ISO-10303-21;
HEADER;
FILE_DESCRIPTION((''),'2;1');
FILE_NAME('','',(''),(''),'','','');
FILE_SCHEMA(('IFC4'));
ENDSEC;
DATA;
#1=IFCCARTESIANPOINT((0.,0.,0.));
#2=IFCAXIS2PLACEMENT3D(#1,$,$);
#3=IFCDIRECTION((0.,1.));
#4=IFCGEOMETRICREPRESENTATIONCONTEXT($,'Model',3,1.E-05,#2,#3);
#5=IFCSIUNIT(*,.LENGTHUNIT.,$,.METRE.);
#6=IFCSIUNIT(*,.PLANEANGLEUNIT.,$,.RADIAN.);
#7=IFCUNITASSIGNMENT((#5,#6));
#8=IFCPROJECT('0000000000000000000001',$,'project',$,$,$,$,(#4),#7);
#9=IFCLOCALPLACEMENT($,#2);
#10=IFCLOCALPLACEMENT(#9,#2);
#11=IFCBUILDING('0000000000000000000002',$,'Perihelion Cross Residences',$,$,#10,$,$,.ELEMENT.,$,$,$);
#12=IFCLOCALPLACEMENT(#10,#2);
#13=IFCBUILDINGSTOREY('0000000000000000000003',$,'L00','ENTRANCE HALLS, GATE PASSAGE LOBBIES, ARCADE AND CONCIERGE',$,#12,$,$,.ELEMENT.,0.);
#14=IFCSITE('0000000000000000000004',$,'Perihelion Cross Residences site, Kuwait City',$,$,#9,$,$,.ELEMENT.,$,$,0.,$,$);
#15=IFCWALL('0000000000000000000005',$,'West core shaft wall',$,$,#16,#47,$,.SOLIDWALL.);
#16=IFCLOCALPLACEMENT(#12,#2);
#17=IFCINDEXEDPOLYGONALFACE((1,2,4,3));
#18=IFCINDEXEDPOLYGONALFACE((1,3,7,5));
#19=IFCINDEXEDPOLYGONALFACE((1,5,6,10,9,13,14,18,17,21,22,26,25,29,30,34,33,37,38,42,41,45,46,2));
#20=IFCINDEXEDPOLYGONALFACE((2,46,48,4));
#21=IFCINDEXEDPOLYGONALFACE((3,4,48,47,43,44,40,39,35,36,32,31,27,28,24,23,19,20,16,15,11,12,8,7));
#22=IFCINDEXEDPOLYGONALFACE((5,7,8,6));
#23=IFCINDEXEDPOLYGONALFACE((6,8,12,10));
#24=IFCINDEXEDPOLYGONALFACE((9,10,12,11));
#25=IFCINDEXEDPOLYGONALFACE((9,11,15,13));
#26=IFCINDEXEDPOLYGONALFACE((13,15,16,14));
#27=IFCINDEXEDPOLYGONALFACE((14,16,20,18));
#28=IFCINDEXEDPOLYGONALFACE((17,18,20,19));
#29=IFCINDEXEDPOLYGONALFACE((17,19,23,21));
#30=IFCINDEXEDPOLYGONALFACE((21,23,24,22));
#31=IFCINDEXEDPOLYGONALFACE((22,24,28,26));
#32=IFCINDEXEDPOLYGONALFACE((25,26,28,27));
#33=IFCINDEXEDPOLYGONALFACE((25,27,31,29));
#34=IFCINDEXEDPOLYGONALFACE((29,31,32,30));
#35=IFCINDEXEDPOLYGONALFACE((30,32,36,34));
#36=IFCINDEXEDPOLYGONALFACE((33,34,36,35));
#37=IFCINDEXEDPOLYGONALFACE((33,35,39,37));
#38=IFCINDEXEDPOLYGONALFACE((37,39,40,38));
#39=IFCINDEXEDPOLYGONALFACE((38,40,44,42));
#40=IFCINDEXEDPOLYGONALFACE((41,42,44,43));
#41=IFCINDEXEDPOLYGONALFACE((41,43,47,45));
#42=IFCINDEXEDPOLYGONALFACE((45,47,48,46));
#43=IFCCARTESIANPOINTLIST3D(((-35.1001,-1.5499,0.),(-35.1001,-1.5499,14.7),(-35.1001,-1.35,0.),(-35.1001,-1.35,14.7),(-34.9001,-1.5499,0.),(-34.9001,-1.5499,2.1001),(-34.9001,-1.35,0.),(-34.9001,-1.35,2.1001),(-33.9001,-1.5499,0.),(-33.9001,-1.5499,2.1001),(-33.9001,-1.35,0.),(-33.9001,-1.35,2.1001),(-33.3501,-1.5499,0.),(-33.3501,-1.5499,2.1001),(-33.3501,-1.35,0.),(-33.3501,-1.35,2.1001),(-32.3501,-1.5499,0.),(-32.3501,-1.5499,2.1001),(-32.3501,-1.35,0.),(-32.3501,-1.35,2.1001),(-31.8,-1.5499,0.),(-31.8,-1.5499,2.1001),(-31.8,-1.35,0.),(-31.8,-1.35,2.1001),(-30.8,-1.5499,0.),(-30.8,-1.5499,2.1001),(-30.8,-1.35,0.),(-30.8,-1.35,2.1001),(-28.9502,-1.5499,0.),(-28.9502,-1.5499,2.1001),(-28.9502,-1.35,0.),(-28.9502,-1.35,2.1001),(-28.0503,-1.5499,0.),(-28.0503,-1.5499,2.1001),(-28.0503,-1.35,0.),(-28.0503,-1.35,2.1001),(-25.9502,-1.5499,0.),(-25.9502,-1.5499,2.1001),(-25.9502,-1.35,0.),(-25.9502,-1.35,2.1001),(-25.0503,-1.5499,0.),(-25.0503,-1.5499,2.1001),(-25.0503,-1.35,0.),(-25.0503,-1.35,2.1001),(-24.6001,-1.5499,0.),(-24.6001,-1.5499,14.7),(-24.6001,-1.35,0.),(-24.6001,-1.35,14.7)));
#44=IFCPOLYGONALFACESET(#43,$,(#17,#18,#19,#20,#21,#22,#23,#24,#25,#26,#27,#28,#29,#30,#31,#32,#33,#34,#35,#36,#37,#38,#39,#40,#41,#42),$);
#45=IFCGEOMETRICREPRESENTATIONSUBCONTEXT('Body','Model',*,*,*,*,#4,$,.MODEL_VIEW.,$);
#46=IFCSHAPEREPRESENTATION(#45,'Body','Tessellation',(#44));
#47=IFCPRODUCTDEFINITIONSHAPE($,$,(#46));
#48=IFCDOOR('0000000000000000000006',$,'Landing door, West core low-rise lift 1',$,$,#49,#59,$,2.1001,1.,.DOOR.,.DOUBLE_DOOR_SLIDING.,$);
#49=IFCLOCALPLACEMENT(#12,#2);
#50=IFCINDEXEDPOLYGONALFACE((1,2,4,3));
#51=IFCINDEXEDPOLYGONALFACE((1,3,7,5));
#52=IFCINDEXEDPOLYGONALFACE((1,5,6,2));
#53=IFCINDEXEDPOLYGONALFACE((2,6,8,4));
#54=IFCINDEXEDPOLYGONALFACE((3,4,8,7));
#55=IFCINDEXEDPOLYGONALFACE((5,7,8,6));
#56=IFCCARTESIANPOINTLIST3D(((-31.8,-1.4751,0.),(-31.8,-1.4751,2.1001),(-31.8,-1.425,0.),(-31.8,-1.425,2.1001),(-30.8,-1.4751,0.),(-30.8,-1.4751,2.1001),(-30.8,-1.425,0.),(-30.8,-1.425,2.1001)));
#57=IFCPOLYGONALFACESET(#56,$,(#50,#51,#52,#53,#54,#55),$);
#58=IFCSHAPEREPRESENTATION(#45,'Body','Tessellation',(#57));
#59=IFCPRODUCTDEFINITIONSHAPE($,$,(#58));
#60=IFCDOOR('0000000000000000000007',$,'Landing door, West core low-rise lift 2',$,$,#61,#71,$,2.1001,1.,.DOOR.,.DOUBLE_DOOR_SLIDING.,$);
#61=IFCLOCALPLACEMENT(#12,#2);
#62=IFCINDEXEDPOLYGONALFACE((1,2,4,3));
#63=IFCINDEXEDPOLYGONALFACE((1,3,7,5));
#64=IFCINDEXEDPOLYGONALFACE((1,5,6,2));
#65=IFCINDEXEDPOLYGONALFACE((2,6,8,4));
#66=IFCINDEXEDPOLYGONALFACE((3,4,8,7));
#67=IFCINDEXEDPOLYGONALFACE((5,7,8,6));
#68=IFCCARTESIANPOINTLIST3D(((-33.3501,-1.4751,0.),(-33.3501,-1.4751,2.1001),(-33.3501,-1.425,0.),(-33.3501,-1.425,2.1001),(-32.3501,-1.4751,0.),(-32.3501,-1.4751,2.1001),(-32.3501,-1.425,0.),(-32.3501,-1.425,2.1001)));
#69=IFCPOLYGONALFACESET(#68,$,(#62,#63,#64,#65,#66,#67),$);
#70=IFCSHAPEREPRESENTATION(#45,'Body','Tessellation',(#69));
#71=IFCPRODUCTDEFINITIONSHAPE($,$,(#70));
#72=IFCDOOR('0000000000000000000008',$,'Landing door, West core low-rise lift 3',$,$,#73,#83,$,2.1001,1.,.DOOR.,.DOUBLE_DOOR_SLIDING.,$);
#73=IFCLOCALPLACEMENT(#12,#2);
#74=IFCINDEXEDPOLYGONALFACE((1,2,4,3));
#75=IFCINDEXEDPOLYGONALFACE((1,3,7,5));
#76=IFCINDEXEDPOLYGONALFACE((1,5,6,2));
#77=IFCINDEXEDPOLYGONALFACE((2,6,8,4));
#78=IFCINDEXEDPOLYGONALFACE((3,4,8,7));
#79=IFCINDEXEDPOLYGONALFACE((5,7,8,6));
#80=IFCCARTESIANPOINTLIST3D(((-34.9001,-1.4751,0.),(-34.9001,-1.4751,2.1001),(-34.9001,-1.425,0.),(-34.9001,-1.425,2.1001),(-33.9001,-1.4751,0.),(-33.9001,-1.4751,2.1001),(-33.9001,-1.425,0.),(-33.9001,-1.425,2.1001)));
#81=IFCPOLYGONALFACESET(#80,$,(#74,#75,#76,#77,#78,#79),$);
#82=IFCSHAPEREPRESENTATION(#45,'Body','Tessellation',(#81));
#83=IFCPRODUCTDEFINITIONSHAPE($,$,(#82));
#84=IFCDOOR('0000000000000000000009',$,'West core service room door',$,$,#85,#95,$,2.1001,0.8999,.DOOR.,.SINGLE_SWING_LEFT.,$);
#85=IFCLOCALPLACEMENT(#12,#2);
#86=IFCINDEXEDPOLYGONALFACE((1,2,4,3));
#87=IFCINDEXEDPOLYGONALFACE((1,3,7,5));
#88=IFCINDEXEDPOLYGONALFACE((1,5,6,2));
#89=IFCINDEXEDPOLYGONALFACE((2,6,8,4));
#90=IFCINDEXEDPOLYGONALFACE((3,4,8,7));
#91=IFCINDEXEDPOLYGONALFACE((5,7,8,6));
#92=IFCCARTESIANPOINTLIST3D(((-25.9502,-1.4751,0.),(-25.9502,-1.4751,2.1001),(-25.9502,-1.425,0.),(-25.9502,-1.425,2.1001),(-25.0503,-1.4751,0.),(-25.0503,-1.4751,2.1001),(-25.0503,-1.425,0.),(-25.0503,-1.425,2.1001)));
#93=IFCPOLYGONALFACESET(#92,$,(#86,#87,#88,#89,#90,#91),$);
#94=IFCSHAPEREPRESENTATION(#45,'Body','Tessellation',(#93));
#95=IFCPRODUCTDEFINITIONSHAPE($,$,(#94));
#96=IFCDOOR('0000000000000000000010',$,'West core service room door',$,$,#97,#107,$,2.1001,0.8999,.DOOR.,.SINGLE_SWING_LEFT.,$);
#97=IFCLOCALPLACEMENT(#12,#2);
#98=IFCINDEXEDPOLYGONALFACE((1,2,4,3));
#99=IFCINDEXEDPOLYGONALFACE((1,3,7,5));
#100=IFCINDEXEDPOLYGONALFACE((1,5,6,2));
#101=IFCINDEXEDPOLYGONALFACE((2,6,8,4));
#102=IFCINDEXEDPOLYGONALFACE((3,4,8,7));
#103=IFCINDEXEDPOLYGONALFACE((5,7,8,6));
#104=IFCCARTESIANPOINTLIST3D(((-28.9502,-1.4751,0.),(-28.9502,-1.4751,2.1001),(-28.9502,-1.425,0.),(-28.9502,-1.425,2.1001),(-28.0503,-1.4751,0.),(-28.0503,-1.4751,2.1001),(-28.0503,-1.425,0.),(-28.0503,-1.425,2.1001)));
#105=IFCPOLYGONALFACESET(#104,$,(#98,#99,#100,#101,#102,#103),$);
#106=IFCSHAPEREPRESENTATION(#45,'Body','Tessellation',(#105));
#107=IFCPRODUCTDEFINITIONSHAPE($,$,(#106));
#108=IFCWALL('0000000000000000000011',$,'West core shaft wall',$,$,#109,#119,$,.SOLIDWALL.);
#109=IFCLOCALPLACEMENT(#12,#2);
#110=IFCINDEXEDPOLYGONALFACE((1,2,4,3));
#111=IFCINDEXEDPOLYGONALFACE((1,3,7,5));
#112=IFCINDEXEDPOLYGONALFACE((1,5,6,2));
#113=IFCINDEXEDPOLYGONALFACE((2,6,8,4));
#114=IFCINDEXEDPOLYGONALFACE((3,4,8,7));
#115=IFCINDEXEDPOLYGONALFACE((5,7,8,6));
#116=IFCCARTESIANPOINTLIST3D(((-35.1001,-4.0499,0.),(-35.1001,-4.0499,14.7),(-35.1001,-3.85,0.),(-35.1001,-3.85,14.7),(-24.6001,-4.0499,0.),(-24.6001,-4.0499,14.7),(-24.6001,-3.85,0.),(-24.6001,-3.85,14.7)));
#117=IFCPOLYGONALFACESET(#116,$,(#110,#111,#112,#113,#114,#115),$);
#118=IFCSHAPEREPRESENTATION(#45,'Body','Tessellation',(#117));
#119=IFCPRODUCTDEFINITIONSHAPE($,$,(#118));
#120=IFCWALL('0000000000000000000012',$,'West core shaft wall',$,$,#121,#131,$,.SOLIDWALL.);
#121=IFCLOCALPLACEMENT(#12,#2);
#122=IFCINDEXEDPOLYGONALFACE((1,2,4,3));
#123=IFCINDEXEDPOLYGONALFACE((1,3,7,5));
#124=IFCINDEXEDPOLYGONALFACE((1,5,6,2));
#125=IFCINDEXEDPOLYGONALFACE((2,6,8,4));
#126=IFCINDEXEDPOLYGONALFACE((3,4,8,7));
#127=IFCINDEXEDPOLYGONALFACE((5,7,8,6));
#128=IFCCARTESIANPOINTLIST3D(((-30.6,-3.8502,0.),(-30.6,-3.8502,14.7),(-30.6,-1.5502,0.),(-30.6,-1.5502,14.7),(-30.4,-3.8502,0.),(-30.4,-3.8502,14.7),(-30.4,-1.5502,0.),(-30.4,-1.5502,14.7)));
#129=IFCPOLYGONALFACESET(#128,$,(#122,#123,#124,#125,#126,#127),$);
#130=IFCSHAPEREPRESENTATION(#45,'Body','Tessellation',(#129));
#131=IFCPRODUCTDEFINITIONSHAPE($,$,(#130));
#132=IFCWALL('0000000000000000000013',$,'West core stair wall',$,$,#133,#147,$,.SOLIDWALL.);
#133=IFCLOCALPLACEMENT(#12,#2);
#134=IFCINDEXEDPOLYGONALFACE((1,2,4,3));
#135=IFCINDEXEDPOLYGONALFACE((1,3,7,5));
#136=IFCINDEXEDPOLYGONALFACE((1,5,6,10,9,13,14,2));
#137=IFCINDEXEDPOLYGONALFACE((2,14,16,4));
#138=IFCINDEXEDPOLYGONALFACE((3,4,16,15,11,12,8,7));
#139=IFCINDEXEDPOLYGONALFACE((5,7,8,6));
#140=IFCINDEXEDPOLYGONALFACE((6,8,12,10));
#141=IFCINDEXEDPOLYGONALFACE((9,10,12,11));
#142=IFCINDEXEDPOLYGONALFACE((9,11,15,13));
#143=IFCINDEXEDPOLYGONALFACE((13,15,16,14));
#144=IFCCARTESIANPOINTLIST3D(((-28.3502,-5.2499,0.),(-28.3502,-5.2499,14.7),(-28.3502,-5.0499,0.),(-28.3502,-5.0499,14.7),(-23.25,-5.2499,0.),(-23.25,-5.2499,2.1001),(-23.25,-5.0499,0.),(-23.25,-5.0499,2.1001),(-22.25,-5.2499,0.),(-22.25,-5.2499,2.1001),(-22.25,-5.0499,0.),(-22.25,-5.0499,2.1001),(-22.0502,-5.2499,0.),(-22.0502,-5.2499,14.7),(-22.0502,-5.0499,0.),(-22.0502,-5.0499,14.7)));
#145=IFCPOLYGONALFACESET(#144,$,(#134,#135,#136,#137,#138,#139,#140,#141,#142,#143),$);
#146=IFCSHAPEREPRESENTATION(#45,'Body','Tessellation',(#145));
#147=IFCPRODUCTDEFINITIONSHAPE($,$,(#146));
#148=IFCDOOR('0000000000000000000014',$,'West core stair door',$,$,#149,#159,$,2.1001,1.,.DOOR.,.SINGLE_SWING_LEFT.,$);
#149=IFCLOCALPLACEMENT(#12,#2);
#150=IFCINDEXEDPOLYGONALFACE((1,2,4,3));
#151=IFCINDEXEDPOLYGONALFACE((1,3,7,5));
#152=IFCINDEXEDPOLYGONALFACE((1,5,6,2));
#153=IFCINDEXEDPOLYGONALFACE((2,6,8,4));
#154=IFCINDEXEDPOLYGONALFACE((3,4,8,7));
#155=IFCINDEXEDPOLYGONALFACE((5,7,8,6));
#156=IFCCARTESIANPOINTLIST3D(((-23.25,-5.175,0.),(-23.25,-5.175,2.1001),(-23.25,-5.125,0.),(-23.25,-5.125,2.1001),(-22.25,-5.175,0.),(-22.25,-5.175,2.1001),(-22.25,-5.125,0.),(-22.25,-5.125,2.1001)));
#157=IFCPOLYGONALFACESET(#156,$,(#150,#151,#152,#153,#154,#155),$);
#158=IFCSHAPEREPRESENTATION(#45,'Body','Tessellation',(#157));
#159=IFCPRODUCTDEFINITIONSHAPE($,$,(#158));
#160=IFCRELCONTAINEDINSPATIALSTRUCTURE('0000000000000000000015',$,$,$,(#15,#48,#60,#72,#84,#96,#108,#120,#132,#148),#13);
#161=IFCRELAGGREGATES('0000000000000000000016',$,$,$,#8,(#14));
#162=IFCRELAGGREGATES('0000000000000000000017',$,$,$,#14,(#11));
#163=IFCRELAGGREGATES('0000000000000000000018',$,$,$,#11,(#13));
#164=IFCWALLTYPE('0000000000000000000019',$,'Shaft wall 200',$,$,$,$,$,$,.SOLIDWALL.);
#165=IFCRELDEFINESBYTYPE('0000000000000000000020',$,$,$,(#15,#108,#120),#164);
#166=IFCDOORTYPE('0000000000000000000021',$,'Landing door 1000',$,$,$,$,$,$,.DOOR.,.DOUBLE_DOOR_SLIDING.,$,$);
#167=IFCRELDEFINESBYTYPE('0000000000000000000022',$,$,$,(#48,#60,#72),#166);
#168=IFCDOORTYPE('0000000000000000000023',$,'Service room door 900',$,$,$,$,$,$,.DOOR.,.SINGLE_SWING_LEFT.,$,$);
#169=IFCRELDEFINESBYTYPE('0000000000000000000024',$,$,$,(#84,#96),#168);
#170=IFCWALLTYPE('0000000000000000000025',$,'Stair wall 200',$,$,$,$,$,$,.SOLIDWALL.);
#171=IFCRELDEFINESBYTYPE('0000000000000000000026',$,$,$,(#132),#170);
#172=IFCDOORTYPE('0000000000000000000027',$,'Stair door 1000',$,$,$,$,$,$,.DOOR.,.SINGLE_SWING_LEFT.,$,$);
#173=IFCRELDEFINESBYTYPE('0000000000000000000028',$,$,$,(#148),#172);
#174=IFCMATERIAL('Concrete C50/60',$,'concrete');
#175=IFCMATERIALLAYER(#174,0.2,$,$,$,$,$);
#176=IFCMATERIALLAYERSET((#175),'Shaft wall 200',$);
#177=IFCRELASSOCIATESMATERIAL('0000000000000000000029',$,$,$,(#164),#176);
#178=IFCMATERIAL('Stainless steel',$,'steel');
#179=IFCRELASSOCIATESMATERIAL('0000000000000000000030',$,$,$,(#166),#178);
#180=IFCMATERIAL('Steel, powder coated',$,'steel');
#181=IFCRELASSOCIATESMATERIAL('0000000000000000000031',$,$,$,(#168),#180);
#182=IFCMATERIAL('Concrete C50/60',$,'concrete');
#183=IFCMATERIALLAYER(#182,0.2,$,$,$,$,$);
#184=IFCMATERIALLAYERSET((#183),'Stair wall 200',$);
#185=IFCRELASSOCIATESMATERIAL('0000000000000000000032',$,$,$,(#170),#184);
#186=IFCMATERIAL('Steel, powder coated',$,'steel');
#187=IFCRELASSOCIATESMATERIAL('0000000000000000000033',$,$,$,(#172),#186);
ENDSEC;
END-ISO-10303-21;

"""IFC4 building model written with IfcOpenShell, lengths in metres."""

from ifc_helpers import new_model, si_unit, direction, frame, frame_2d, origin, place, context, subcontext, project, spatial, rectangle, extrude, material, layer, layer_set, type_object, element, fill, save


model = new_model("IFC4")

# Units and contexts
model_context = context("Model", 3, precision=1e-05, world=origin(), true_north=direction((0.0, 1.0)))
body_context = subcontext(model_context, "Body", "Model", "MODEL_VIEW")
ifc_project = project(units=[si_unit("LENGTHUNIT", "METRE"), si_unit("PLANEANGLEUNIT", "RADIAN")], contexts=[model_context])

# Site, building, storey
site_placement = place(None, origin())
site = spatial("IfcSite", under=ifc_project, at=site_placement, Name="Perihelion Cross Residences site, Kuwait City", CompositionType="ELEMENT", RefElevation=0.0)
building_placement = place(site_placement, origin())
building = spatial("IfcBuilding", under=site, at=building_placement, Name="Perihelion Cross Residences", CompositionType="ELEMENT")
storey_placement = place(building_placement, origin())
storey = spatial("IfcBuildingStorey", under=building, at=storey_placement, Name="L00", Description="ENTRANCE HALLS, GATE PASSAGE LOBBIES, ARCADE AND CONCIERGE", CompositionType="ELEMENT", Elevation=0.0)

# Wall, openings, doors
ifc_material_1 = material(Name="Concrete C50/60", Category="concrete")
ifc_layer_1 = layer(ifc_material_1, 0.2)
ifc_layer_set_1 = layer_set([ifc_layer_1], Name="Shaft wall 200")
wall_type_1 = type_object("IfcWallType", Name="Shaft wall 200", PredefinedType="SOLIDWALL", material=ifc_layer_set_1)
wall_1_placement = place(storey_placement, frame((-35.1001, -1.45, 0.0), z_axis=(0.0, 0.0, 1.0), x_axis=(1.0, 0.0, 0.0)))
wall_1 = element("IfcWall", 1, at=wall_1_placement, inside=storey, type_object=wall_type_1, Name="West core shaft wall", PredefinedType="SOLIDWALL", context=body_context, shape_type="SweptSolid", body=[
    extrude(rectangle(XDim=10.5, YDim=0.2, at=frame_2d((5.25, 0.0))), origin(), (0.0, 0.0, 1.0), 14.7),
])
opening_1_placement = place(wall_1_placement, frame((3.3, 0.0, 0.0)))
opening_1 = element("IfcOpeningElement", 2, at=opening_1_placement, cuts=wall_1, PredefinedType="OPENING", context=body_context, shape_type="SweptSolid", body=[
    extrude(rectangle(XDim=1.0, YDim=2.1001, at=frame_2d((0.5, 1.05))), frame((0.0, 0.1099, 0.0), z_axis=(0.0, -1.0, 0.0), x_axis=(1.0, 0.0, 0.0)), (0.0, 0.0, 1.0), 0.22),
])
opening_2_placement = place(wall_1_placement, frame((1.75, 0.0, 0.0)))
opening_2 = element("IfcOpeningElement", 3, at=opening_2_placement, cuts=wall_1, PredefinedType="OPENING", context=body_context, shape_type="SweptSolid", body=[
    extrude(rectangle(XDim=1.0, YDim=2.1001, at=frame_2d((0.5, 1.05))), frame((0.0, 0.1099, 0.0), z_axis=(0.0, -1.0, 0.0), x_axis=(1.0, 0.0, 0.0)), (0.0, 0.0, 1.0), 0.22),
])
opening_3_placement = place(wall_1_placement, frame((0.2, 0.0, 0.0)))
opening_3 = element("IfcOpeningElement", 4, at=opening_3_placement, cuts=wall_1, PredefinedType="OPENING", context=body_context, shape_type="SweptSolid", body=[
    extrude(rectangle(XDim=1.0, YDim=2.1001, at=frame_2d((0.5, 1.05))), frame((0.0, 0.1099, 0.0), z_axis=(0.0, -1.0, 0.0), x_axis=(1.0, 0.0, 0.0)), (0.0, 0.0, 1.0), 0.22),
])
opening_4_placement = place(wall_1_placement, frame((9.1499, 0.0, 0.0)))
opening_4 = element("IfcOpeningElement", 5, at=opening_4_placement, cuts=wall_1, PredefinedType="OPENING", context=body_context, shape_type="SweptSolid", body=[
    extrude(rectangle(XDim=0.8999, YDim=2.1001, at=frame_2d((0.45, 1.05))), frame((0.0, 0.1099, 0.0), z_axis=(0.0, -1.0, 0.0), x_axis=(1.0, 0.0, 0.0)), (0.0, 0.0, 1.0), 0.22),
])
opening_5_placement = place(wall_1_placement, frame((6.1499, 0.0, 0.0)))
opening_5 = element("IfcOpeningElement", 6, at=opening_5_placement, cuts=wall_1, PredefinedType="OPENING", context=body_context, shape_type="SweptSolid", body=[
    extrude(rectangle(XDim=0.8999, YDim=2.1001, at=frame_2d((0.45, 1.05))), frame((0.0, 0.1099, 0.0), z_axis=(0.0, -1.0, 0.0), x_axis=(1.0, 0.0, 0.0)), (0.0, 0.0, 1.0), 0.22),
])
ifc_material_2 = material(Name="Stainless steel", Category="steel")
door_type_1 = type_object("IfcDoorType", Name="Landing door 1000", OperationType="DOUBLE_DOOR_SLIDING", PredefinedType="DOOR", material=ifc_material_2)
door_1_placement = place(opening_1_placement, origin())
door_1 = element("IfcDoor", 7, at=door_1_placement, inside=storey, type_object=door_type_1, Name="Landing door, West core low-rise lift 1", OperationType="DOUBLE_DOOR_SLIDING", OverallHeight=2.1001, OverallWidth=1.0, PredefinedType="DOOR", context=body_context, shape_type="SweptSolid", body=[
    extrude(rectangle(XDim=1.0, YDim=2.1001, at=frame_2d((0.5, 1.05))), frame((0.0, 0.0249, 0.0), z_axis=(0.0, -1.0, 0.0), x_axis=(1.0, 0.0, 0.0)), (0.0, 0.0, 1.0), 0.05),
])
fill(opening_1, door_1)
door_2_placement = place(opening_2_placement, origin())
door_2 = element("IfcDoor", 8, at=door_2_placement, inside=storey, type_object=door_type_1, Name="Landing door, West core low-rise lift 2", OperationType="DOUBLE_DOOR_SLIDING", OverallHeight=2.1001, OverallWidth=1.0, PredefinedType="DOOR", context=body_context, shape_type="SweptSolid", body=[
    extrude(rectangle(XDim=1.0, YDim=2.1001, at=frame_2d((0.5, 1.05))), frame((0.0, 0.0249, 0.0), z_axis=(0.0, -1.0, 0.0), x_axis=(1.0, 0.0, 0.0)), (0.0, 0.0, 1.0), 0.05),
])
fill(opening_2, door_2)
door_3_placement = place(opening_3_placement, origin())
door_3 = element("IfcDoor", 9, at=door_3_placement, inside=storey, type_object=door_type_1, Name="Landing door, West core low-rise lift 3", OperationType="DOUBLE_DOOR_SLIDING", OverallHeight=2.1001, OverallWidth=1.0, PredefinedType="DOOR", context=body_context, shape_type="SweptSolid", body=[
    extrude(rectangle(XDim=1.0, YDim=2.1001, at=frame_2d((0.5, 1.05))), frame((0.0, 0.0249, 0.0), z_axis=(0.0, -1.0, 0.0), x_axis=(1.0, 0.0, 0.0)), (0.0, 0.0, 1.0), 0.05),
])
fill(opening_3, door_3)
ifc_material_3 = material(Name="Steel, powder coated", Category="steel")
door_type_2 = type_object("IfcDoorType", Name="Service room door 900", OperationType="SINGLE_SWING_LEFT", PredefinedType="DOOR", material=ifc_material_3)
door_4_placement = place(opening_4_placement, origin())
door_4 = element("IfcDoor", 10, at=door_4_placement, inside=storey, type_object=door_type_2, Name="West core service room door", OperationType="SINGLE_SWING_LEFT", OverallHeight=2.1001, OverallWidth=0.8999, PredefinedType="DOOR", context=body_context, shape_type="SweptSolid", body=[
    extrude(rectangle(XDim=0.8999, YDim=2.1001, at=frame_2d((0.45, 1.05))), frame((0.0, 0.0249, 0.0), z_axis=(0.0, -1.0, 0.0), x_axis=(1.0, 0.0, 0.0)), (0.0, 0.0, 1.0), 0.05),
])
fill(opening_4, door_4)
door_5_placement = place(opening_5_placement, origin())
door_5 = element("IfcDoor", 11, at=door_5_placement, inside=storey, type_object=door_type_2, Name="West core service room door", OperationType="SINGLE_SWING_LEFT", OverallHeight=2.1001, OverallWidth=0.8999, PredefinedType="DOOR", context=body_context, shape_type="SweptSolid", body=[
    extrude(rectangle(XDim=0.8999, YDim=2.1001, at=frame_2d((0.45, 1.05))), frame((0.0, 0.0249, 0.0), z_axis=(0.0, -1.0, 0.0), x_axis=(1.0, 0.0, 0.0)), (0.0, 0.0, 1.0), 0.05),
])
fill(opening_5, door_5)

# Walls
wall_2_placement = place(storey_placement, frame((-35.1001, -3.95, 0.0), z_axis=(0.0, 0.0, 1.0), x_axis=(1.0, 0.0, 0.0)))
element("IfcWall", 12, at=wall_2_placement, inside=storey, type_object=wall_type_1, Name="West core shaft wall", PredefinedType="SOLIDWALL", context=body_context, shape_type="SweptSolid", body=[
    extrude(rectangle(XDim=10.5, YDim=0.2, at=frame_2d((5.25, 0.0))), origin(), (0.0, 0.0, 1.0), 14.7),
])
wall_3_placement = place(storey_placement, frame((-30.5, -3.8501, 0.0), z_axis=(0.0, 0.0, 1.0), x_axis=(0.0, 1.0, 0.0)))
element("IfcWall", 13, at=wall_3_placement, inside=storey, type_object=wall_type_1, Name="West core shaft wall", PredefinedType="SOLIDWALL", context=body_context, shape_type="SweptSolid", body=[
    extrude(rectangle(XDim=2.3, YDim=0.2, at=frame_2d((1.1499, 0.0))), origin(), (0.0, 0.0, 1.0), 14.7),
])

# Wall, opening, door
ifc_material_4 = material(Name="Concrete C50/60", Category="concrete")
ifc_layer_2 = layer(ifc_material_4, 0.2)
ifc_layer_set_2 = layer_set([ifc_layer_2], Name="Stair wall 200")
wall_type_2 = type_object("IfcWallType", Name="Stair wall 200", PredefinedType="SOLIDWALL", material=ifc_layer_set_2)
wall_4_placement = place(storey_placement, frame((-28.3501, -5.1499, 0.0), z_axis=(0.0, 0.0, 1.0), x_axis=(1.0, 0.0, 0.0)))
wall_4 = element("IfcWall", 14, at=wall_4_placement, inside=storey, type_object=wall_type_2, Name="West core stair wall", PredefinedType="SOLIDWALL", context=body_context, shape_type="SweptSolid", body=[
    extrude(rectangle(XDim=6.3, YDim=0.2, at=frame_2d((3.1499, 0.0))), origin(), (0.0, 0.0, 1.0), 14.7),
])
opening_6_placement = place(wall_4_placement, frame((5.1001, 0.0, 0.0)))
opening_6 = element("IfcOpeningElement", 15, at=opening_6_placement, cuts=wall_4, PredefinedType="OPENING", context=body_context, shape_type="SweptSolid", body=[
    extrude(rectangle(XDim=1.0, YDim=2.1001, at=frame_2d((0.5, 1.05))), frame((0.0, 0.1099, 0.0), z_axis=(0.0, -1.0, 0.0), x_axis=(1.0, 0.0, 0.0)), (0.0, 0.0, 1.0), 0.22),
])
ifc_material_5 = material(Name="Steel, powder coated", Category="steel")
door_type_3 = type_object("IfcDoorType", Name="Stair door 1000", OperationType="SINGLE_SWING_LEFT", PredefinedType="DOOR", material=ifc_material_5)
door_6_placement = place(opening_6_placement, origin())
door_6 = element("IfcDoor", 16, at=door_6_placement, inside=storey, type_object=door_type_3, Name="West core stair door", OperationType="SINGLE_SWING_LEFT", OverallHeight=2.1001, OverallWidth=1.0, PredefinedType="DOOR", context=body_context, shape_type="SweptSolid", body=[
    extrude(rectangle(XDim=1.0, YDim=2.1001, at=frame_2d((0.5, 1.05))), frame((0.0, 0.0249, 0.0), z_axis=(0.0, -1.0, 0.0), x_axis=(1.0, 0.0, 0.0)), (0.0, 0.0, 1.0), 0.05),
])
fill(opening_6, door_6)

save(model, "model.ifc")
